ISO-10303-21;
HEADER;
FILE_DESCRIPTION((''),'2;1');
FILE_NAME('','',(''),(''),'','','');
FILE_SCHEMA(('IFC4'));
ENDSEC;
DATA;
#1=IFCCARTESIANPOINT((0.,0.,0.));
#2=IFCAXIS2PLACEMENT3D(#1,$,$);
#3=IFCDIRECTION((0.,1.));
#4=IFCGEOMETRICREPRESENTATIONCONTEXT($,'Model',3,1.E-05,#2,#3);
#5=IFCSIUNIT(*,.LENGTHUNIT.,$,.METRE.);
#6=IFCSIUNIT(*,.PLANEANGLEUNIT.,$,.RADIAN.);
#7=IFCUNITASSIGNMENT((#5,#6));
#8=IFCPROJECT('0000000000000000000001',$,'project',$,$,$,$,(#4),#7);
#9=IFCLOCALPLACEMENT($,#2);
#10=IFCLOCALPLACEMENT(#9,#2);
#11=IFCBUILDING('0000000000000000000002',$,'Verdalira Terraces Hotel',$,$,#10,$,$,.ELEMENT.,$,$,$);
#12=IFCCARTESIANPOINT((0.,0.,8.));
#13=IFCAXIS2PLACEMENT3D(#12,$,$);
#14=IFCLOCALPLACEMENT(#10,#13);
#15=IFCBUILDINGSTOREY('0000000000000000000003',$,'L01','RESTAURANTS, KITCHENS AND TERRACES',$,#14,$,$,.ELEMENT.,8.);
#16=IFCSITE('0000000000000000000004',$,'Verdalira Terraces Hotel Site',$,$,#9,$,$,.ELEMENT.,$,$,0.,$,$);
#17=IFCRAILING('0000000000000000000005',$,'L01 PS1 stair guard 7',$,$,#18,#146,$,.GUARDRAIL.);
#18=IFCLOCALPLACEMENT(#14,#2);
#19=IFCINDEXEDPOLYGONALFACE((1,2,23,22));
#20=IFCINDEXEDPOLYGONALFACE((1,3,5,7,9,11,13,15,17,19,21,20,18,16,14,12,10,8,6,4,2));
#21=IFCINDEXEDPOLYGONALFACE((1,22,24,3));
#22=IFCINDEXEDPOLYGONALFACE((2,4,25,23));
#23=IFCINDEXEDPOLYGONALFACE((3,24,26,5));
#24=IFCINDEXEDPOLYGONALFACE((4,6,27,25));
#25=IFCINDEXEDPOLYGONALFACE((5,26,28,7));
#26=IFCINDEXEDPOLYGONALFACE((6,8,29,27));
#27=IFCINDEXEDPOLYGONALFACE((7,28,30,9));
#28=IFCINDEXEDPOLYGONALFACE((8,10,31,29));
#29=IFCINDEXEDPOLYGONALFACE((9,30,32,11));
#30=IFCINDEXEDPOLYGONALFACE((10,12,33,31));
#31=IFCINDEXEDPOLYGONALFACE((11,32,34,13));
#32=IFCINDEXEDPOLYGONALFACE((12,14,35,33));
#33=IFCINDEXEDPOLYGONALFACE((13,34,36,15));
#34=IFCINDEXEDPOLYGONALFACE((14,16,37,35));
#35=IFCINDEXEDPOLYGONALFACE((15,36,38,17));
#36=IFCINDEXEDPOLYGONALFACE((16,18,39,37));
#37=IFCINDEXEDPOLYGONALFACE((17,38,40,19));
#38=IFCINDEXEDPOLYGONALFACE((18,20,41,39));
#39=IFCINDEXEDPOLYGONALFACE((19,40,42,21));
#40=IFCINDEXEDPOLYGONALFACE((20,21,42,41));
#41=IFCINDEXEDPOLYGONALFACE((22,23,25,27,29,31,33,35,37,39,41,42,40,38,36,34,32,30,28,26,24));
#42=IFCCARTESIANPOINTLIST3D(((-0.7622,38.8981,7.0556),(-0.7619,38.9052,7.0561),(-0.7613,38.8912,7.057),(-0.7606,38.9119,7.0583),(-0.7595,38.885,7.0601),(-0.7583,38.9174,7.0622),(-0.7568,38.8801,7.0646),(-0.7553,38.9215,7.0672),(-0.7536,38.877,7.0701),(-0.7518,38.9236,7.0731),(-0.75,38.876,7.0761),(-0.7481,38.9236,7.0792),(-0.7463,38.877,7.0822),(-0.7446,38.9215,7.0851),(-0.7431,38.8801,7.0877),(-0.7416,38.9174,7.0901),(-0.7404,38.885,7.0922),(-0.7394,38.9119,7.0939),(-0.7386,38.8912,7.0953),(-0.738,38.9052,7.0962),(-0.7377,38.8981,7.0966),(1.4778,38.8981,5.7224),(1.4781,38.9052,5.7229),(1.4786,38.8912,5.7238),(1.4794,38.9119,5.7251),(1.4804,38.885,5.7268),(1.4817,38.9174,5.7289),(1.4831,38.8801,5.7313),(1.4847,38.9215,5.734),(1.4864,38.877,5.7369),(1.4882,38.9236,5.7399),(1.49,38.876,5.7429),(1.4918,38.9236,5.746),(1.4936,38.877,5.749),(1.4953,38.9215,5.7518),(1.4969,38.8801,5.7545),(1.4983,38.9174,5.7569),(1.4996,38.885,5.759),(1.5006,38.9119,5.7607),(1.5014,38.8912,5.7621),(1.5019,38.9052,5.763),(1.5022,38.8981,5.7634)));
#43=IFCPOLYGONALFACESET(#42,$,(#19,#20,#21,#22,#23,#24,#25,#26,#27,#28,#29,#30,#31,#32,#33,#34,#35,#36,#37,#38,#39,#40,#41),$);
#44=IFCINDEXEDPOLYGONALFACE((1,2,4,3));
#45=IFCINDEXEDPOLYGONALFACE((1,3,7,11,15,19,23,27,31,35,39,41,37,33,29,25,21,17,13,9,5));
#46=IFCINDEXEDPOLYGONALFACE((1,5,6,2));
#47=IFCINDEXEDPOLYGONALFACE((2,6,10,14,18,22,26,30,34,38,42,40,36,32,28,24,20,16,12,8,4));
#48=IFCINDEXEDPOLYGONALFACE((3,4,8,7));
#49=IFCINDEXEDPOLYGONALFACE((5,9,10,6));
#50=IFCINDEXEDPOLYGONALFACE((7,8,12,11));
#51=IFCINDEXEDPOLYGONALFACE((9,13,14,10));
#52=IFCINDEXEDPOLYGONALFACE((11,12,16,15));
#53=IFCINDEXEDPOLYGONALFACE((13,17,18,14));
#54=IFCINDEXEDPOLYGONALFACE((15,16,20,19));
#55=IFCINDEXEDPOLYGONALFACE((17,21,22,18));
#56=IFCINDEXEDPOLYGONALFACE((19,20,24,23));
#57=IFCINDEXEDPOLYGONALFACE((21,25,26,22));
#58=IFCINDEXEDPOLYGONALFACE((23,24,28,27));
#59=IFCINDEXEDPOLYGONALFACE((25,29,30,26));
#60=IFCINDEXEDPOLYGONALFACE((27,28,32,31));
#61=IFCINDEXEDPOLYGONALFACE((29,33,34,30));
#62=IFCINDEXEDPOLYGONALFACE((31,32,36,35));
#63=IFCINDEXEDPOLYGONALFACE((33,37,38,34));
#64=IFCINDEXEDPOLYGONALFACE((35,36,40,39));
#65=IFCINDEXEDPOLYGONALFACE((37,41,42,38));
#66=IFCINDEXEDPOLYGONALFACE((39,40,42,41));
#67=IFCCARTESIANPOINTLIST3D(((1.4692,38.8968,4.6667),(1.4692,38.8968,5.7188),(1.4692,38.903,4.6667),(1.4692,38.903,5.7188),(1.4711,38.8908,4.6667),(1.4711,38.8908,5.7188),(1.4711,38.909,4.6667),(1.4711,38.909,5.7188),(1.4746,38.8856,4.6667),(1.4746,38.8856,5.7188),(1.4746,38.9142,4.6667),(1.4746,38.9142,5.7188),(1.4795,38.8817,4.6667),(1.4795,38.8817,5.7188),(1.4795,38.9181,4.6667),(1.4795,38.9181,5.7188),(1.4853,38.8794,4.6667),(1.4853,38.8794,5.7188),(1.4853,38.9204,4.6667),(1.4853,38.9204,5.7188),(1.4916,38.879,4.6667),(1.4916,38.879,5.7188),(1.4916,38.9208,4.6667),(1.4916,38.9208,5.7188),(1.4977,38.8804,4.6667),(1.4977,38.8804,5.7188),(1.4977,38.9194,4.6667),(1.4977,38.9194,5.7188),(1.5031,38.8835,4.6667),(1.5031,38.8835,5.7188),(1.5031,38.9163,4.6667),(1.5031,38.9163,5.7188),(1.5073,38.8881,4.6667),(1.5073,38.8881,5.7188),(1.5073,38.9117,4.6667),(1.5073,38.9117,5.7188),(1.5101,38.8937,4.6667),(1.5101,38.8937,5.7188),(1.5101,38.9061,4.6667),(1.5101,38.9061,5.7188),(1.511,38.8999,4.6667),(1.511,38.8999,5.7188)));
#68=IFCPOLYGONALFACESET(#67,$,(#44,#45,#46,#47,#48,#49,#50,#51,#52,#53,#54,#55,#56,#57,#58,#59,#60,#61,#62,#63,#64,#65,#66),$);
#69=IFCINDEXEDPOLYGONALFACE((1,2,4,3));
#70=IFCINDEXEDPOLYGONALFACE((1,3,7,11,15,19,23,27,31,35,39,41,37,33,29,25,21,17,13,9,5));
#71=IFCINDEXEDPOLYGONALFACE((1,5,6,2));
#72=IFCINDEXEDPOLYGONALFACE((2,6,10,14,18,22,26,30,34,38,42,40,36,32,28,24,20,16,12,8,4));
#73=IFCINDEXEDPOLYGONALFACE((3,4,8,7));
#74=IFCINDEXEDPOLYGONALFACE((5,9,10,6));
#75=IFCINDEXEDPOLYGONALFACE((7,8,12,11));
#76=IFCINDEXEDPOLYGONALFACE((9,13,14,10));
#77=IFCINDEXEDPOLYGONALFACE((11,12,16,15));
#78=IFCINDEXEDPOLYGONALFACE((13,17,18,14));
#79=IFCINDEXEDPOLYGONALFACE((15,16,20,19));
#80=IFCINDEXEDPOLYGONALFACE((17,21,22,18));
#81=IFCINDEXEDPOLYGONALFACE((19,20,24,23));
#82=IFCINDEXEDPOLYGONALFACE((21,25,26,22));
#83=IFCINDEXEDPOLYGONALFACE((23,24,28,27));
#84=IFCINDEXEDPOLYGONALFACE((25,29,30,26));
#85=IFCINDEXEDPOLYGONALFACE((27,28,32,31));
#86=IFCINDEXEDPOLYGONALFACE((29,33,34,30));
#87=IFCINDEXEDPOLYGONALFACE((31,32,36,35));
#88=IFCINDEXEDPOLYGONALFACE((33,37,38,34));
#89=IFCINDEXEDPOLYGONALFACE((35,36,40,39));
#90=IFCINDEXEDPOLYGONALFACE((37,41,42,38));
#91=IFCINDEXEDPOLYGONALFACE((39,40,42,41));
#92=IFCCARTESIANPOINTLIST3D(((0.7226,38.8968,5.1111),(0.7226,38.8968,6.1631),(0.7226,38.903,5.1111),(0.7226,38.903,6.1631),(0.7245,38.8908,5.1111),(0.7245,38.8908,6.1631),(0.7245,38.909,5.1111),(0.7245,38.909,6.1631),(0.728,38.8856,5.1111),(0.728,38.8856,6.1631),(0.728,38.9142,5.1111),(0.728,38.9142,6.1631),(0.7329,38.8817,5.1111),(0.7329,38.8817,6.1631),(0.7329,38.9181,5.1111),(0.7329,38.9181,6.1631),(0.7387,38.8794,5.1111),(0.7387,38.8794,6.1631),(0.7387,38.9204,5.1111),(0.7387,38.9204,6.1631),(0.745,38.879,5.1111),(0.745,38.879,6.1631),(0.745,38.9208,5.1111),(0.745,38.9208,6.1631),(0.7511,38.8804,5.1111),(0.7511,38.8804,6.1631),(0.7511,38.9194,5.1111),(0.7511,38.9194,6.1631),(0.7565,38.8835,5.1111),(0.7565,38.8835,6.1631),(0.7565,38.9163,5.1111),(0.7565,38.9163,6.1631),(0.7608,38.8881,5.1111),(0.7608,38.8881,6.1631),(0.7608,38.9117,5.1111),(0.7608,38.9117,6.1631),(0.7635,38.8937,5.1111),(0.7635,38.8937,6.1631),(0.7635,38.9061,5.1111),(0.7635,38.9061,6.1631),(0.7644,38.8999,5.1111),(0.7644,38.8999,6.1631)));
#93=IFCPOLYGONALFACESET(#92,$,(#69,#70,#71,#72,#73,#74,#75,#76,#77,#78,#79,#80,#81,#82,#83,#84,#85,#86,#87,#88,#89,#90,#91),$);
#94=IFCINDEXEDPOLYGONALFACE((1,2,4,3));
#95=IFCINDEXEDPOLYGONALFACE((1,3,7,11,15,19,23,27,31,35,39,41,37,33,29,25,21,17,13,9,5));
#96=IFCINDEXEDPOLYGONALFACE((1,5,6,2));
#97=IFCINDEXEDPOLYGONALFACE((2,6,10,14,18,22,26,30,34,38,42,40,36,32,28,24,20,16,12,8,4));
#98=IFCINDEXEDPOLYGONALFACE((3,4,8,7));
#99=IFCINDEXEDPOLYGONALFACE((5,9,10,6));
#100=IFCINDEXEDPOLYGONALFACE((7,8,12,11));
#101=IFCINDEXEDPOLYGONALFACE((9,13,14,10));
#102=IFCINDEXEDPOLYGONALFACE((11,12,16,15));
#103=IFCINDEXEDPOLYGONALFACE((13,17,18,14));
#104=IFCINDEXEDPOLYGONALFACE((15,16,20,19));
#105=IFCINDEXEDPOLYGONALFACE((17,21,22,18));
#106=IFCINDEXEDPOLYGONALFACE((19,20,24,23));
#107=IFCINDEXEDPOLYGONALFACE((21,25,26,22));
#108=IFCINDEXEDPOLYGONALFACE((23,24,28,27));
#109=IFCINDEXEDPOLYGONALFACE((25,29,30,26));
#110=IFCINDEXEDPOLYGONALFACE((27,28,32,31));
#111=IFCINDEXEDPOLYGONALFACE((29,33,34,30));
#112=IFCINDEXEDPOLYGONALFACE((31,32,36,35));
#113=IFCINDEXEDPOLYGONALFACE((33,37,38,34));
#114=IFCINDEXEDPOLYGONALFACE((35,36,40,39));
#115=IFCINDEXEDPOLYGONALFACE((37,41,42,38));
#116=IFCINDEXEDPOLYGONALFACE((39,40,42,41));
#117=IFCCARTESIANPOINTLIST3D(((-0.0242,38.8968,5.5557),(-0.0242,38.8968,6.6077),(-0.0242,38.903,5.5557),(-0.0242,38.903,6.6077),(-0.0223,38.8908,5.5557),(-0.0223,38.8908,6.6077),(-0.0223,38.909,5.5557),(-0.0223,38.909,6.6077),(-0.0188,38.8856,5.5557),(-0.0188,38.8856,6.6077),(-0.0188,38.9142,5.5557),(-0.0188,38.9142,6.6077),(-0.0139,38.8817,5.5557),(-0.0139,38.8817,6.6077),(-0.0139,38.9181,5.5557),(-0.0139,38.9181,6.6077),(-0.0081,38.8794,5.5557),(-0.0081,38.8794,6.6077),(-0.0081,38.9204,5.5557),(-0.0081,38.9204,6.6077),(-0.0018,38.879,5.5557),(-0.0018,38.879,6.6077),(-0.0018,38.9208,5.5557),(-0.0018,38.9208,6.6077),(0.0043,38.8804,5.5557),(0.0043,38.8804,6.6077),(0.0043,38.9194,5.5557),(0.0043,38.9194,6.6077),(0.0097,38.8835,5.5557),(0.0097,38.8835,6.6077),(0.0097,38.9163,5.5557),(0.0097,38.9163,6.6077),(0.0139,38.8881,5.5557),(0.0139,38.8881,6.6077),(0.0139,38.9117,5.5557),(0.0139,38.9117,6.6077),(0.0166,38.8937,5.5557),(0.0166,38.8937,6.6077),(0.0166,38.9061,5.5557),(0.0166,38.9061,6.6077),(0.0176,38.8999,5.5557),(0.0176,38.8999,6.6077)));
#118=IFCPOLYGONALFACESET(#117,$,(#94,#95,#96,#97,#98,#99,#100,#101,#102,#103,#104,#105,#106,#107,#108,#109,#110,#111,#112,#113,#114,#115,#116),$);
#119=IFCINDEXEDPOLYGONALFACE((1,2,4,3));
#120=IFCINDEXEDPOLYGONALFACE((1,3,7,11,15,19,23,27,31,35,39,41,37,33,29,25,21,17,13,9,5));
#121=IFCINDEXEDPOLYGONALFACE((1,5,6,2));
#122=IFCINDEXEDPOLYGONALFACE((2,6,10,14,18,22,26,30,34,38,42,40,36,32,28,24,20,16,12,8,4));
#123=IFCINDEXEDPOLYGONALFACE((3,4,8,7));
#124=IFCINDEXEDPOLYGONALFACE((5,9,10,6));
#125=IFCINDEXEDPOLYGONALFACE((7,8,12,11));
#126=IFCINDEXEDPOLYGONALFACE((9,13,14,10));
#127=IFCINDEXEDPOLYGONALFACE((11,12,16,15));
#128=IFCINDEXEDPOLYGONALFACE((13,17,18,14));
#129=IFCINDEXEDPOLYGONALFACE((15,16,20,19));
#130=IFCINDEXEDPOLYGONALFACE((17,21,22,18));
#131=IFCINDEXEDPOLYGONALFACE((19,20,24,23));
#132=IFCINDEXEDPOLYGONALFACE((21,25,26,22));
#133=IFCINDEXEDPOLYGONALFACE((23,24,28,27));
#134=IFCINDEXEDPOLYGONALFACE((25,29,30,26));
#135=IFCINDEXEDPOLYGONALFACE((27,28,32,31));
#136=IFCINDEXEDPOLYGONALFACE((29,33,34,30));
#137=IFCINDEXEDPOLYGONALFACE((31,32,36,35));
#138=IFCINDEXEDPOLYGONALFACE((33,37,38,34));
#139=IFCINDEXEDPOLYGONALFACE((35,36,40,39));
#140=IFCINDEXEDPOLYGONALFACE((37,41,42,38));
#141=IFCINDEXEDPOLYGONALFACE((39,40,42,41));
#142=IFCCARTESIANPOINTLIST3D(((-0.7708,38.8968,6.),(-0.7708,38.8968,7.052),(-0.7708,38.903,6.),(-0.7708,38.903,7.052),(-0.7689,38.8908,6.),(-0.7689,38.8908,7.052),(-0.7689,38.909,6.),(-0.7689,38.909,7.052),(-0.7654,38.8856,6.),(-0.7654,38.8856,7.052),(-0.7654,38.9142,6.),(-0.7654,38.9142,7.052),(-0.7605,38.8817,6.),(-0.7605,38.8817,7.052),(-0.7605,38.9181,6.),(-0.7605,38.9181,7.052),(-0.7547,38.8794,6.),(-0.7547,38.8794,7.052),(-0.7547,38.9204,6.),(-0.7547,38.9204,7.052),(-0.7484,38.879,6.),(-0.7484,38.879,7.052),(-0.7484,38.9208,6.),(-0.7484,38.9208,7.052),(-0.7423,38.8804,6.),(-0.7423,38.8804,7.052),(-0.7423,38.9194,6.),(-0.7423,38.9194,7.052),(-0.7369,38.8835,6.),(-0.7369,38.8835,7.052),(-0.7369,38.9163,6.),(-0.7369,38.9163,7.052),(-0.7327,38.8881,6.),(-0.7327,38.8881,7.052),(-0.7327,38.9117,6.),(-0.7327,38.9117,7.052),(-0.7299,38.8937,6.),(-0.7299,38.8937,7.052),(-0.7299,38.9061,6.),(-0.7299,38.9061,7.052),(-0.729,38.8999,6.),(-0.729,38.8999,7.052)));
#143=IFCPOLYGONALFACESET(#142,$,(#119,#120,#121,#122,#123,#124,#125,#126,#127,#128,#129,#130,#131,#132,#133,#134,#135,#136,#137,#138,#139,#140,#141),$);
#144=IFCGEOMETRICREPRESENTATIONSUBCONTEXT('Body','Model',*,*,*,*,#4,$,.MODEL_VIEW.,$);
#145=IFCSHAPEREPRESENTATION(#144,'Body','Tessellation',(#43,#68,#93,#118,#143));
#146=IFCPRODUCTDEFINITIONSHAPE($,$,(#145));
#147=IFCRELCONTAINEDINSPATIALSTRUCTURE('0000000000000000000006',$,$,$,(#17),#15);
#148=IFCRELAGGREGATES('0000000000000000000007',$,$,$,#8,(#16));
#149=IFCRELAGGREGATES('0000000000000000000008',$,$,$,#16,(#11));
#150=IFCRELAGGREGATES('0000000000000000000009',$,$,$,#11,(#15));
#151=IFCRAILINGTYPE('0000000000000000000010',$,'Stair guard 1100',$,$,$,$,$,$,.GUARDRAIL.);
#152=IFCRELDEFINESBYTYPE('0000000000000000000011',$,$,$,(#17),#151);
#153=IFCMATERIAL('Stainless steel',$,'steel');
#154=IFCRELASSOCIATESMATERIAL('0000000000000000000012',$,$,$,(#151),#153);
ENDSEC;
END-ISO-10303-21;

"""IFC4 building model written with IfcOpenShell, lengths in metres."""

from ifc_helpers import new_model, si_unit, direction, frame, origin, origin_2d, place, context, subcontext, project, spatial, circle, extrude, material, type_object, element, save


model = new_model("IFC4")

# Units and contexts
model_context = context("Model", 3, precision=1e-05, world=origin(), true_north=direction((0.0, 1.0)))
body_context = subcontext(model_context, "Body", "Model", "MODEL_VIEW")
ifc_project = project(units=[si_unit("LENGTHUNIT", "METRE"), si_unit("PLANEANGLEUNIT", "RADIAN")], contexts=[model_context])

# Site, building, storey
site_placement = place(None, origin())
site = spatial("IfcSite", under=ifc_project, at=site_placement, Name="Verdalira Terraces Hotel Site", CompositionType="ELEMENT", RefElevation=0.0)
building_placement = place(site_placement, origin())
building = spatial("IfcBuilding", under=site, at=building_placement, Name="Verdalira Terraces Hotel", CompositionType="ELEMENT")
storey_placement = place(building_placement, frame((0.0, 0.0, 8.0)))
storey = spatial("IfcBuildingStorey", under=building, at=storey_placement, Name="L01", Description="RESTAURANTS, KITCHENS AND TERRACES", CompositionType="ELEMENT", Elevation=8.0)

# Railing
ifc_material_1 = material(Name="Stainless steel", Category="steel")
railing_type_1 = type_object("IfcRailingType", Name="Stair guard 1100", PredefinedType="GUARDRAIL", material=ifc_material_1)
railing_1_placement = place(storey_placement, frame((1.49, 38.8999, 4.6667)))
element("IfcRailing", 1, at=railing_1_placement, inside=storey, type_object=railing_type_1, Name="L01 PS1 stair guard 7", PredefinedType="GUARDRAIL", context=body_context, shape_type="SweptSolid", body=[
    extrude(circle(Radius=0.0239, at=origin_2d()), frame((0.0, 0.0, 1.0762), z_axis=(-0.859306, 0.0, 0.511462), x_axis=(0.0, -1.0, 0.0)), (0.0, 0.0, 1.0), 2.6067),
    extrude(circle(Radius=0.021, at=origin_2d()), origin(), (0.0, 0.0, 1.0), 1.052),
    extrude(circle(Radius=0.021, at=origin_2d()), frame((-0.7466, 0.0, 0.4443)), (0.0, 0.0, 1.0), 1.052),
    extrude(circle(Radius=0.021, at=origin_2d()), frame((-1.4934, 0.0, 0.8889)), (0.0, 0.0, 1.0), 1.052),
    extrude(circle(Radius=0.021, at=origin_2d()), frame((-2.24, 0.0, 1.3333)), (0.0, 0.0, 1.0), 1.052),
])

save(model, "model.ifc")
